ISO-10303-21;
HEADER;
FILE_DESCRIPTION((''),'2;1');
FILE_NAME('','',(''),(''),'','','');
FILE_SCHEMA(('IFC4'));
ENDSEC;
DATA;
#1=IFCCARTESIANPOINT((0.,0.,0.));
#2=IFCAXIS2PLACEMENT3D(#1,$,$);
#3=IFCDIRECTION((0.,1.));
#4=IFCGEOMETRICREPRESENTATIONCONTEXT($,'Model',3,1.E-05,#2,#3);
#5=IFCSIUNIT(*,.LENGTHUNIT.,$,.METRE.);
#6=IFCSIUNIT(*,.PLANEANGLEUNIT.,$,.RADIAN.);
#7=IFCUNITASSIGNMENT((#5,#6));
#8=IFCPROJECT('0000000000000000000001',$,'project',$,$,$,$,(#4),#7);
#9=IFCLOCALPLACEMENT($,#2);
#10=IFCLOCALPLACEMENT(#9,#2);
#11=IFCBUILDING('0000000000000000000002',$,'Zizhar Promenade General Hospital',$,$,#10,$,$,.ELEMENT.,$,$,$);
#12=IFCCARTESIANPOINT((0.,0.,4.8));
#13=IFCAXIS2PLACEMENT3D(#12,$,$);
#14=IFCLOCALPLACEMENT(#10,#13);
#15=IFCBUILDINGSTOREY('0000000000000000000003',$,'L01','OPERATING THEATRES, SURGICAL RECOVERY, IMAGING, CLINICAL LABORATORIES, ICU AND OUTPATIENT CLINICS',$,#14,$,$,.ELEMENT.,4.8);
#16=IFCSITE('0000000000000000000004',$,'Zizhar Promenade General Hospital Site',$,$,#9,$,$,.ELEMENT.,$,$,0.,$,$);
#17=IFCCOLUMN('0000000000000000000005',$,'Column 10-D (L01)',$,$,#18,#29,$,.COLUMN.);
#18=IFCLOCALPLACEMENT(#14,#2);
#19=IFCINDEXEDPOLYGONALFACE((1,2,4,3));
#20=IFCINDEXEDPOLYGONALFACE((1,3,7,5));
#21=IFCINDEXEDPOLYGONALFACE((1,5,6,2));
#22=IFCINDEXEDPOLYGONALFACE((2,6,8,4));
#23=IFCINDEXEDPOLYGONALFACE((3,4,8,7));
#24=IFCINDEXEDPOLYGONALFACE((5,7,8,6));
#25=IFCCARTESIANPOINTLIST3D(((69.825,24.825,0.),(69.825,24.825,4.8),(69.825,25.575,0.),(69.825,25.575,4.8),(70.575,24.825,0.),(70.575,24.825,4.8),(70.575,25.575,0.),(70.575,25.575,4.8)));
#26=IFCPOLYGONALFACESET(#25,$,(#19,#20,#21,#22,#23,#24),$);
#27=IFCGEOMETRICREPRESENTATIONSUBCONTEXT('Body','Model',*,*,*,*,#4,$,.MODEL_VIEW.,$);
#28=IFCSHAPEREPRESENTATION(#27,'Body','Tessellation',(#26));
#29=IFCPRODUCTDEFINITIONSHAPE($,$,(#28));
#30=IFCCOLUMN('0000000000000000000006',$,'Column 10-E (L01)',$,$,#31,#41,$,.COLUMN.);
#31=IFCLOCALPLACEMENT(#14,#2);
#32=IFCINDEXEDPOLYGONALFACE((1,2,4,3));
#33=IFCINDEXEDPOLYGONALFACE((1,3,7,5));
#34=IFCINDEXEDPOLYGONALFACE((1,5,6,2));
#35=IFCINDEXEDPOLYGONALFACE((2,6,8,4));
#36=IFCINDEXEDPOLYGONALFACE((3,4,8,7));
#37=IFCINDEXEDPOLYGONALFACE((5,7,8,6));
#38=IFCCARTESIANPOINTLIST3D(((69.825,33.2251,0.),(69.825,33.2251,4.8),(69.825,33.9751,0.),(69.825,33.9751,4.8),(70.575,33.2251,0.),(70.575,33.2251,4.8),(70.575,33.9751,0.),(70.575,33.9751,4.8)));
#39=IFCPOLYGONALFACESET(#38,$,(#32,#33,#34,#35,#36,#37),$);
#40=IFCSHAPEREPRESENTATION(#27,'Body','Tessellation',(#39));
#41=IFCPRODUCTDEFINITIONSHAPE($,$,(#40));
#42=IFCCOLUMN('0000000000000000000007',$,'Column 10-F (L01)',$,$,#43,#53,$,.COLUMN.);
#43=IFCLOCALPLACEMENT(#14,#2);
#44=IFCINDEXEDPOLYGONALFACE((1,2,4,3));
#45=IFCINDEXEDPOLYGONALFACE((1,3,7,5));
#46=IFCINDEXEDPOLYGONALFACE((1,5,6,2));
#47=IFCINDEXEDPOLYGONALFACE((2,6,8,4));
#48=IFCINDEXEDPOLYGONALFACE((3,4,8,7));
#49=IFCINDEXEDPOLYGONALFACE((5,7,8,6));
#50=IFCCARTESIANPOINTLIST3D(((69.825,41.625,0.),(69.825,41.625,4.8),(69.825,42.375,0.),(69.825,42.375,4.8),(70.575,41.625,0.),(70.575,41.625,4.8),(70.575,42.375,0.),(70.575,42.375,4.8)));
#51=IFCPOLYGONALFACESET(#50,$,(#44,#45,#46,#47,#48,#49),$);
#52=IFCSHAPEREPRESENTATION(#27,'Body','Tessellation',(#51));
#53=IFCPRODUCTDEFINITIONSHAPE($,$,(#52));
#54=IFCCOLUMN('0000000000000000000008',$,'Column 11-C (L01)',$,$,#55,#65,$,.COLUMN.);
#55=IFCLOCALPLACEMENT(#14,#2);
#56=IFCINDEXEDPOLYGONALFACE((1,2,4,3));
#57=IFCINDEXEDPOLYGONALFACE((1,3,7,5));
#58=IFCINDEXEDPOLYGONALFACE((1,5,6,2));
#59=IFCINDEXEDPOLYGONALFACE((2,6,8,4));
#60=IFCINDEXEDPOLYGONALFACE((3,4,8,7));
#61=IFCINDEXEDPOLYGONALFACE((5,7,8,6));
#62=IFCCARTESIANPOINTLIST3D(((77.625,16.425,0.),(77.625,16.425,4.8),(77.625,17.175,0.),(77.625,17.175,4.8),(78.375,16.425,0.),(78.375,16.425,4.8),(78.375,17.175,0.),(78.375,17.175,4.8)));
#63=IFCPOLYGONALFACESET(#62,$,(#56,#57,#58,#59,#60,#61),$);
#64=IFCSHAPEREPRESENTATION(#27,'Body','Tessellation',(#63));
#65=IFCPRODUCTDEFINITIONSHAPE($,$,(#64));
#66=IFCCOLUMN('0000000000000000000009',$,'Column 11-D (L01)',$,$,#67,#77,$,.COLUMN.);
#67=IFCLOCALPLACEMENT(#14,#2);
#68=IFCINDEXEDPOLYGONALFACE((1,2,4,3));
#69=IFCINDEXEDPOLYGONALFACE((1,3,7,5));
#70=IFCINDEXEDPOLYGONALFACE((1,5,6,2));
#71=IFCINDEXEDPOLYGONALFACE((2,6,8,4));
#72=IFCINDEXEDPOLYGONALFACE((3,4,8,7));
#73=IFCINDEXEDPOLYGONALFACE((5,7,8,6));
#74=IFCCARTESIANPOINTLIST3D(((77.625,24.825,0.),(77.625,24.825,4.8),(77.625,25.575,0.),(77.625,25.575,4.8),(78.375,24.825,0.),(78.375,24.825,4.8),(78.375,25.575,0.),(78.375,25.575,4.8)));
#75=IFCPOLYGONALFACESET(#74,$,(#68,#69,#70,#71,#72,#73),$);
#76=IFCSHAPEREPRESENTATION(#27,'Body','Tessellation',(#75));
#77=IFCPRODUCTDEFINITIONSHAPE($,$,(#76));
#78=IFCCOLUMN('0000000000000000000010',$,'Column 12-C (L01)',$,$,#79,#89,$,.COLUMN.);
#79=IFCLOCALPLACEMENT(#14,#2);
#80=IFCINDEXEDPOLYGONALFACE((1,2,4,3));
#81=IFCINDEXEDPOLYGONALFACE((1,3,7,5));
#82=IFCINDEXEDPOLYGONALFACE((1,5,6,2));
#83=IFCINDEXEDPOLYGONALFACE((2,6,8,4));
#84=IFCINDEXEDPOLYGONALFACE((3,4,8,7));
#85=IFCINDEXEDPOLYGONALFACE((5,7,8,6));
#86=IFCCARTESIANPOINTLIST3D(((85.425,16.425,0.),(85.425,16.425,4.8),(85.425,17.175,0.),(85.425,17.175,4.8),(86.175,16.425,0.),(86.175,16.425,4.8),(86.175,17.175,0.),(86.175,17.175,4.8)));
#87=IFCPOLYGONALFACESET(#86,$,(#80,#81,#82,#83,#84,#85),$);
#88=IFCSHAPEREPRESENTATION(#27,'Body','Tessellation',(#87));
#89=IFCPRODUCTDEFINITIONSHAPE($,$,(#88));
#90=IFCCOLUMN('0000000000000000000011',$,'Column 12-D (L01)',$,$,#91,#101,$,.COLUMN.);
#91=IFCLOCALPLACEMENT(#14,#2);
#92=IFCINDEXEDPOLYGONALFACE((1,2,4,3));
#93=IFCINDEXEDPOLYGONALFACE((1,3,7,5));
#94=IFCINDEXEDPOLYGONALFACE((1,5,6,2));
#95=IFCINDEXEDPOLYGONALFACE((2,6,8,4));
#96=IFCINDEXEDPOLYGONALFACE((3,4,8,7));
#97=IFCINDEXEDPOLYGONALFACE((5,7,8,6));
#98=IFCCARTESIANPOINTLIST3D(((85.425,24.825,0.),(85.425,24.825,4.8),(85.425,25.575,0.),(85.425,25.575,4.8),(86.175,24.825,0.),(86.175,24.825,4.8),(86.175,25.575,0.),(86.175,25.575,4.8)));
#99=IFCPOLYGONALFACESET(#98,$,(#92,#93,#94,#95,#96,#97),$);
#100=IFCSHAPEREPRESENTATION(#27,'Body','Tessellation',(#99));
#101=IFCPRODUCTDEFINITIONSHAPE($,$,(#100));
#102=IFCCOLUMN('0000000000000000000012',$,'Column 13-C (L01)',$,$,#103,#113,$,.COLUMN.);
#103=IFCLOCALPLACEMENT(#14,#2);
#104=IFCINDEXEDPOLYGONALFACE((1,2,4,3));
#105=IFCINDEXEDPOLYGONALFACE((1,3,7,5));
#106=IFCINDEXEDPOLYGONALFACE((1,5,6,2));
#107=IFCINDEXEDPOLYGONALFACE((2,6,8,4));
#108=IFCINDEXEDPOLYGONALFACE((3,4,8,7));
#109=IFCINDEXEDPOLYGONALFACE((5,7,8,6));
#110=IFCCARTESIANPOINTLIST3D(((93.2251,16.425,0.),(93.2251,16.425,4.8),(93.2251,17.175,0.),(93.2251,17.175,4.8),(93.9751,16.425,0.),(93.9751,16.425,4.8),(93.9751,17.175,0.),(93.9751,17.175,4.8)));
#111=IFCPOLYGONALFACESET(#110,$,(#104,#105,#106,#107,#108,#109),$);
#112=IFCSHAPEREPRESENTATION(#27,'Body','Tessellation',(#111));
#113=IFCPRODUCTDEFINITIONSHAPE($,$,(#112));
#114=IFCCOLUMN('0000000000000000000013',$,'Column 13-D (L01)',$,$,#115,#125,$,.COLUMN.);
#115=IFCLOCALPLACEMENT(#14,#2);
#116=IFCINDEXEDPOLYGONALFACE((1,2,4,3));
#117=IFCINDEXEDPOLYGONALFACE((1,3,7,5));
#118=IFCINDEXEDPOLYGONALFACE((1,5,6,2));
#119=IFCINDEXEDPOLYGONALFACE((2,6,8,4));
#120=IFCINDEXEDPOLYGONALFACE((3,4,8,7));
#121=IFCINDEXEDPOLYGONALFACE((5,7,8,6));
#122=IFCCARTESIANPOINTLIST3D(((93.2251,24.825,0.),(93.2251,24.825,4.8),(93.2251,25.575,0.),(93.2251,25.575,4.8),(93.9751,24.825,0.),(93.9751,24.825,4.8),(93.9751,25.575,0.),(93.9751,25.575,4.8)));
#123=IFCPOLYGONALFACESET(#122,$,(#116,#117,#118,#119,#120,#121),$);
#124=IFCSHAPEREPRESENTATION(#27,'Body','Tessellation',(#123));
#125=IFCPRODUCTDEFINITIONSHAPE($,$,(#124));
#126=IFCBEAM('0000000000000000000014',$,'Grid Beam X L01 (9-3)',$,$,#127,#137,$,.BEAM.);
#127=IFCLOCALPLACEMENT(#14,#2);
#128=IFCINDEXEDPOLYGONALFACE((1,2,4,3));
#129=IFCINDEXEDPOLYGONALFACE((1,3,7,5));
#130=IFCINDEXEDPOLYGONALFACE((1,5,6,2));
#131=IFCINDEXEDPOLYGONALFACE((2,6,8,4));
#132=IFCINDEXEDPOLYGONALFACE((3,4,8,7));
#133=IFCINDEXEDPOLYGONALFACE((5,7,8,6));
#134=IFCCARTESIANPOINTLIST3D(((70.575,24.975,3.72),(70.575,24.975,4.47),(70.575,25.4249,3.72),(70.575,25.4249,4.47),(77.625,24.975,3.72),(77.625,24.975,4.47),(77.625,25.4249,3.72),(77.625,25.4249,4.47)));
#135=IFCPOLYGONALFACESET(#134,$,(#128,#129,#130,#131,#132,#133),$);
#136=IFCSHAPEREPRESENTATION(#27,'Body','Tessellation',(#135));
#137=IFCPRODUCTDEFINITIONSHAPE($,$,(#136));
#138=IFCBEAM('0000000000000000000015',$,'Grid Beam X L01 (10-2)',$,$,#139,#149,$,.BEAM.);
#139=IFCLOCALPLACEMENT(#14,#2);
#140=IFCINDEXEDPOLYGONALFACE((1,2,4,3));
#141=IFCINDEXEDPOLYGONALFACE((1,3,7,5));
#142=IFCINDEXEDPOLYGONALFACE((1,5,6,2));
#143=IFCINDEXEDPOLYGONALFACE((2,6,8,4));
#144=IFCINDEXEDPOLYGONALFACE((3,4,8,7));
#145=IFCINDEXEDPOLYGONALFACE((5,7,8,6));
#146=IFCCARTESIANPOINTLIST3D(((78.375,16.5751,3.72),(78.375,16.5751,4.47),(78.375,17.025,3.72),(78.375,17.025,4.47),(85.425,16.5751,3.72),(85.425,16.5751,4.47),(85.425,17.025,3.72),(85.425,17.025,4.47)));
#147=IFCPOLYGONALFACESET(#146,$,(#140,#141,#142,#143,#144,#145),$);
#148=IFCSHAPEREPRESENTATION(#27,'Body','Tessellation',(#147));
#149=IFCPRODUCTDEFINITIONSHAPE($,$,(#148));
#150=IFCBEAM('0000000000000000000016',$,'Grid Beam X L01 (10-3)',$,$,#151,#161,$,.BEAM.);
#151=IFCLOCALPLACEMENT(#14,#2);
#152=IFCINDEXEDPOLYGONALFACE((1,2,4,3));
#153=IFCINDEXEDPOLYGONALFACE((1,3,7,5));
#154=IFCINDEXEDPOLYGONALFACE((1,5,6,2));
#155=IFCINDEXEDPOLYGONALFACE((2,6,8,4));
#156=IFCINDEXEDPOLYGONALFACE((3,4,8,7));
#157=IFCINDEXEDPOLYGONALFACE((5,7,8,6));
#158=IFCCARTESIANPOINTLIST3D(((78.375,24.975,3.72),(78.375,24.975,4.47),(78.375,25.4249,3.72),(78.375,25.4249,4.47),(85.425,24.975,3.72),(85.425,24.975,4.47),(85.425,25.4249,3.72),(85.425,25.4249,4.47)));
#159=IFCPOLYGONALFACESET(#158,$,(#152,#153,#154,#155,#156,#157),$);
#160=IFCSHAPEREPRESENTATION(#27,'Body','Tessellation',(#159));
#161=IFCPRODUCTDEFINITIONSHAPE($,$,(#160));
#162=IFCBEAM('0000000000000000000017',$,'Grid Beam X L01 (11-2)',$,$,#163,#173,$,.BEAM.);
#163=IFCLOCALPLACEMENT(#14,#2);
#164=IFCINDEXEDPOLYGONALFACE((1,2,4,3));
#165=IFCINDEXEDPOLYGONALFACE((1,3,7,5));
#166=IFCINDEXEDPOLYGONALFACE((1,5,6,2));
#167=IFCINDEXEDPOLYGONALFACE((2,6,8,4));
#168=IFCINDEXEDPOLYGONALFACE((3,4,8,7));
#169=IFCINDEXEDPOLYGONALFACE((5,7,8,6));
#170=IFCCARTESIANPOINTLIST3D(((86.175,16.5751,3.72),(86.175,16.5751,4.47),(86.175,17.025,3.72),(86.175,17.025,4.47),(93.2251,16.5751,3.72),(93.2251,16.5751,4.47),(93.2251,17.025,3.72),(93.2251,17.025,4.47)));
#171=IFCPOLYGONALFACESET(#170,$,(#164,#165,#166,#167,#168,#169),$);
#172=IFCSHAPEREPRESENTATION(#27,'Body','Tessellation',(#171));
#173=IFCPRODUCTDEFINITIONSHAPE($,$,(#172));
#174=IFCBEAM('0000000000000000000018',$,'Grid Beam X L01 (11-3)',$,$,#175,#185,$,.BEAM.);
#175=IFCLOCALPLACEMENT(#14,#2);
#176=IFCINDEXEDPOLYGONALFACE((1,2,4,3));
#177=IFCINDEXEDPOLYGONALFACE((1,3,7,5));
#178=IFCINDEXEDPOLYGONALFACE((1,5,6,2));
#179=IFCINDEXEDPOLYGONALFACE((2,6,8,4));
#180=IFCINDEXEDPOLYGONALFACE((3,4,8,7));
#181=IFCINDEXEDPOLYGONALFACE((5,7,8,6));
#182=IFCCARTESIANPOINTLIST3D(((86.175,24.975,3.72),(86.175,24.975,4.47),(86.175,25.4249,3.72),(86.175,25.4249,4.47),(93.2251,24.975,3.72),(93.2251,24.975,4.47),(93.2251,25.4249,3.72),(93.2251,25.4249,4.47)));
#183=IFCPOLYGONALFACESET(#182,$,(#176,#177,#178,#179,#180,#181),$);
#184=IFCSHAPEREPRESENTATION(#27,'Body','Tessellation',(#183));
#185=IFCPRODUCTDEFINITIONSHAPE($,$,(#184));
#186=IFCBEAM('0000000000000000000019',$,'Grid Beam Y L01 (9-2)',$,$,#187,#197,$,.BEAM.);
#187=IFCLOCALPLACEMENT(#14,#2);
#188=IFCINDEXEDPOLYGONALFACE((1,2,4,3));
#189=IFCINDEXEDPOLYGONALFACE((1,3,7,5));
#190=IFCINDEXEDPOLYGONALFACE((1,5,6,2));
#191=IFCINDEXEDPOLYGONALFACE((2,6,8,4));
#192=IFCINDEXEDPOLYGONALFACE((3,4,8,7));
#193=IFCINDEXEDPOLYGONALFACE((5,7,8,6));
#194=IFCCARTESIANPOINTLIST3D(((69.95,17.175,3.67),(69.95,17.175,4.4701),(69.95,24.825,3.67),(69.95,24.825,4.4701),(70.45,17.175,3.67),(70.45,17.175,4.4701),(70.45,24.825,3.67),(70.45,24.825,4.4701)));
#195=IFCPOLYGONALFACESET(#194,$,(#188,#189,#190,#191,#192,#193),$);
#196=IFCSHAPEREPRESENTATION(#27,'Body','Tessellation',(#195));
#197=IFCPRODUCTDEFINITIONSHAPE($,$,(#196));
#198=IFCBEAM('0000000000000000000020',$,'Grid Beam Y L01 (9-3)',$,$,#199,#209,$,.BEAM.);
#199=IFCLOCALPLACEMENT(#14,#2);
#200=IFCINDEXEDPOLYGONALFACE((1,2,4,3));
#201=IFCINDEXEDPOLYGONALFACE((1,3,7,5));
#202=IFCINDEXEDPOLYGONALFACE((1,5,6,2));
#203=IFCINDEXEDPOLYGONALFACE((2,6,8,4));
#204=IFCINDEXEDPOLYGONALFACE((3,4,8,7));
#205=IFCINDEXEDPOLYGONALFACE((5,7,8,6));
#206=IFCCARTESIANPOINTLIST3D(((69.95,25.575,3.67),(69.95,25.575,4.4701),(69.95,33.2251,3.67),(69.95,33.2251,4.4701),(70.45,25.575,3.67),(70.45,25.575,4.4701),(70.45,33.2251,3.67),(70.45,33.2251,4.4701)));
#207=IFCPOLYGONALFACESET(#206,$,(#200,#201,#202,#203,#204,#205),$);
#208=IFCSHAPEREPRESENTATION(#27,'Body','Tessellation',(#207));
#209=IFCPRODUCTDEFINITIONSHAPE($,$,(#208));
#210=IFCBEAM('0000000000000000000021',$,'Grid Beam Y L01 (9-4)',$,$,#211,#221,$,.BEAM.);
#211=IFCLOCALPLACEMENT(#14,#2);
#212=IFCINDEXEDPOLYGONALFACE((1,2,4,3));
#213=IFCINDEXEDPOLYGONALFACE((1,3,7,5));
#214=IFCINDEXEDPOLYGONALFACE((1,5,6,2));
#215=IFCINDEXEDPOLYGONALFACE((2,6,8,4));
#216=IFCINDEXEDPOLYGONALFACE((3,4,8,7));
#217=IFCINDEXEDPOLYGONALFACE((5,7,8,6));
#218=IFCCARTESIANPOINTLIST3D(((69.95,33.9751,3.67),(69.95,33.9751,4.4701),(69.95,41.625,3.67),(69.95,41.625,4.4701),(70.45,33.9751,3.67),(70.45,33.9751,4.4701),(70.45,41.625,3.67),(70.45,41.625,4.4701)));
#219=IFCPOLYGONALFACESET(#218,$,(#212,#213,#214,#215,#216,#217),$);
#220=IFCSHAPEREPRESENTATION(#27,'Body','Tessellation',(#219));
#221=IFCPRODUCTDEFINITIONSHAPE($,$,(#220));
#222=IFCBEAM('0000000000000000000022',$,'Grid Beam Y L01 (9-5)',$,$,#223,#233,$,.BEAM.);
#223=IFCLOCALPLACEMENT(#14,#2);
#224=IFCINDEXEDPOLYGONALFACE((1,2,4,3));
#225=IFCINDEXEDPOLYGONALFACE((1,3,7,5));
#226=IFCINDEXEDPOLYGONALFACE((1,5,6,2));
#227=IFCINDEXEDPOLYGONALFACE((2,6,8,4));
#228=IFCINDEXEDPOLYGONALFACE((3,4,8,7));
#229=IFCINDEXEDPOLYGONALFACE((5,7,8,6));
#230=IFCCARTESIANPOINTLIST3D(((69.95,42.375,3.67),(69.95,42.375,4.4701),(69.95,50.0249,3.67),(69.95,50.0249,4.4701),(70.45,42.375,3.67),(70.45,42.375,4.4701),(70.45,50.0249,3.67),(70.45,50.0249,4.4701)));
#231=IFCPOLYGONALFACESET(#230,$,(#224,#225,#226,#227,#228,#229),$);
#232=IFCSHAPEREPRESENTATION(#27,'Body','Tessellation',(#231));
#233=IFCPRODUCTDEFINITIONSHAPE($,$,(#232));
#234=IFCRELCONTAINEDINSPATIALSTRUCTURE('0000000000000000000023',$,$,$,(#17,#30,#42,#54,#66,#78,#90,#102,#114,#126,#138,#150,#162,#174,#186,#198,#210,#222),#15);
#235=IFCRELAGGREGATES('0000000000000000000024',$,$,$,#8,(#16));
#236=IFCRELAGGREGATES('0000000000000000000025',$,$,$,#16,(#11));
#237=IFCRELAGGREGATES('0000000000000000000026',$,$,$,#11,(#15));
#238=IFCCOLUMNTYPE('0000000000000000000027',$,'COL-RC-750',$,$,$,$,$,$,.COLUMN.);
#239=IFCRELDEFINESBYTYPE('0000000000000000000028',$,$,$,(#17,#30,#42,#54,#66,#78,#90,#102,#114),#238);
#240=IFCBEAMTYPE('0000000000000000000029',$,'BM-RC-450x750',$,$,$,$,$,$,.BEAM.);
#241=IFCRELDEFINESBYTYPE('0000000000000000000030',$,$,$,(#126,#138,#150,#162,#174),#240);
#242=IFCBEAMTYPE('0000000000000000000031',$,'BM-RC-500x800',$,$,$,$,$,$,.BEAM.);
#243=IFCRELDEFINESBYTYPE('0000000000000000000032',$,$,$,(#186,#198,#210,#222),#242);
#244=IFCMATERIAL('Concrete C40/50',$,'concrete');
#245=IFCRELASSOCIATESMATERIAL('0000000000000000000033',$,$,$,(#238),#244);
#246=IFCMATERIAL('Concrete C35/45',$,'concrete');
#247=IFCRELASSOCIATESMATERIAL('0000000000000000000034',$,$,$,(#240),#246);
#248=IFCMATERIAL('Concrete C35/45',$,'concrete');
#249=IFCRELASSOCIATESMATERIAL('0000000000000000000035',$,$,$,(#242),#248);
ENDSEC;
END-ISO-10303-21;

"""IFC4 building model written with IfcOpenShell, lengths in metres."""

from ifc_helpers import new_model, si_unit, direction, frame, origin, origin_2d, place, context, subcontext, project, spatial, rectangle, extrude, material, material_profile, profile_set, type_object, element, save


model = new_model("IFC4")

# Units and contexts
model_context = context("Model", 3, precision=1e-05, world=origin(), true_north=direction((0.0, 1.0)))
body_context = subcontext(model_context, "Body", "Model", "MODEL_VIEW")
ifc_project = project(units=[si_unit("LENGTHUNIT", "METRE"), si_unit("PLANEANGLEUNIT", "RADIAN")], contexts=[model_context])

# Site, building, storey
site_placement = place(None, origin())
site = spatial("IfcSite", under=ifc_project, at=site_placement, Name="Zizhar Promenade General Hospital Site", CompositionType="ELEMENT", RefElevation=0.0)
building_placement = place(site_placement, origin())
building = spatial("IfcBuilding", under=site, at=building_placement, Name="Zizhar Promenade General Hospital", CompositionType="ELEMENT")
storey_placement = place(building_placement, frame((0.0, 0.0, 4.8)))
storey = spatial("IfcBuildingStorey", under=building, at=storey_placement, Name="L01", Description="OPERATING THEATRES, SURGICAL RECOVERY, IMAGING, CLINICAL LABORATORIES, ICU AND OUTPATIENT CLINICS", CompositionType="ELEMENT", Elevation=4.8)

# Columns
ifc_material_1 = material(Name="Concrete C40/50", Category="concrete")
ifc_material_profile_1 = material_profile(ifc_material_1, rectangle(XDim=0.75, YDim=0.75, at=origin_2d()))
ifc_profile_set_1 = profile_set([ifc_material_profile_1], Name="Concrete C40/50")
column_type = type_object("IfcColumnType", Name="COL-RC-750", PredefinedType="COLUMN", material=ifc_profile_set_1)
for number, where, z_axis, x_axis, name in (
    (1, (70.2, 25.2, 0.0), (0.0, 0.0, 1.0), (1.0, 0.0, 0.0), "Column 10-D (L01)"),
    (2, (70.2, 33.6001, 0.0), (0.0, 0.0, 1.0), (1.0, 0.0, 0.0), "Column 10-E (L01)"),
    (3, (70.2, 42.0, 0.0), (0.0, 0.0, 1.0), (1.0, 0.0, 0.0), "Column 10-F (L01)"),
    (4, (78.0, 16.8, 0.0), (0.0, 0.0, 1.0), (1.0, 0.0, 0.0), "Column 11-C (L01)"),
    (5, (78.0, 25.2, 0.0), (0.0, 0.0, 1.0), (1.0, 0.0, 0.0), "Column 11-D (L01)"),
    (6, (85.8, 16.8, 0.0), (0.0, 0.0, 1.0), (1.0, 0.0, 0.0), "Column 12-C (L01)"),
    (7, (85.8, 25.2, 0.0), (0.0, 0.0, 1.0), (1.0, 0.0, 0.0), "Column 12-D (L01)"),
    (8, (93.6001, 16.8, 0.0), (0.0, 0.0, 1.0), (1.0, 0.0, 0.0), "Column 13-C (L01)"),
    (9, (93.6001, 25.2, 0.0), (0.0, 0.0, 1.0), (1.0, 0.0, 0.0), "Column 13-D (L01)"),
):
    element("IfcColumn", number, at=place(storey_placement, frame(where, z_axis=z_axis, x_axis=x_axis)), inside=storey, type_object=column_type, Name=name, PredefinedType="COLUMN", context=body_context, shape_type="SweptSolid", body=[
        extrude(rectangle(XDim=0.75, YDim=0.75, at=origin_2d()), origin(), (0.0, 0.0, 1.0), 4.8),
    ])

# Beams
ifc_material_2 = material(Name="Concrete C35/45", Category="concrete")
ifc_material_profile_2 = material_profile(ifc_material_2, rectangle(XDim=0.45, YDim=0.75, at=origin_2d()))
ifc_profile_set_2 = profile_set([ifc_material_profile_2], Name="Concrete C35/45")
beam_type_1 = type_object("IfcBeamType", Name="BM-RC-450x750", PredefinedType="BEAM", material=ifc_profile_set_2)
for number, where, z_axis, x_axis, name in (
    (10, (70.575, 25.2, 4.095), (1.0, 0.0, 0.0), (0.0, 1.0, 0.0), "Grid Beam X L01 (9-3)"),
    (11, (78.375, 16.8, 4.095), (1.0, 0.0, 0.0), (0.0, 1.0, 0.0), "Grid Beam X L01 (10-2)"),
    (12, (78.375, 25.2, 4.095), (1.0, 0.0, 0.0), (0.0, 1.0, 0.0), "Grid Beam X L01 (10-3)"),
    (13, (86.175, 16.8, 4.095), (1.0, 0.0, 0.0), (0.0, 1.0, 0.0), "Grid Beam X L01 (11-2)"),
    (14, (86.175, 25.2, 4.095), (1.0, 0.0, 0.0), (0.0, 1.0, 0.0), "Grid Beam X L01 (11-3)"),
):
    element("IfcBeam", number, at=place(storey_placement, frame(where, z_axis=z_axis, x_axis=x_axis)), inside=storey, type_object=beam_type_1, Name=name, PredefinedType="BEAM", context=body_context, shape_type="SweptSolid", body=[
        extrude(rectangle(XDim=0.45, YDim=0.75, at=origin_2d()), origin(), (0.0, 0.0, 1.0), 7.05),
    ])
ifc_material_3 = material(Name="Concrete C35/45", Category="concrete")
ifc_material_profile_3 = material_profile(ifc_material_3, rectangle(XDim=0.5, YDim=0.8, at=origin_2d()))
ifc_profile_set_3 = profile_set([ifc_material_profile_3], Name="Concrete C35/45")
beam_type_2 = type_object("IfcBeamType", Name="BM-RC-500x800", PredefinedType="BEAM", material=ifc_profile_set_3)
beam_1_placement = place(storey_placement, frame((70.2, 17.175, 4.0701), z_axis=(0.0, 1.0, 0.0), x_axis=(-1.0, 0.0, 0.0)))
element("IfcBeam", 15, at=beam_1_placement, inside=storey, type_object=beam_type_2, Name="Grid Beam Y L01 (9-2)", PredefinedType="BEAM", context=body_context, shape_type="SweptSolid", body=[
    extrude(rectangle(XDim=0.5, YDim=0.8, at=origin_2d()), origin(), (0.0, 0.0, 1.0), 7.6499),
])
beam_2_placement = place(storey_placement, frame((70.2, 25.575, 4.0701), z_axis=(0.0, 1.0, 0.0), x_axis=(-1.0, 0.0, 0.0)))
element("IfcBeam", 16, at=beam_2_placement, inside=storey, type_object=beam_type_2, Name="Grid Beam Y L01 (9-3)", PredefinedType="BEAM", context=body_context, shape_type="SweptSolid", body=[
    extrude(rectangle(XDim=0.5, YDim=0.8, at=origin_2d()), origin(), (0.0, 0.0, 1.0), 7.6501),
])
for number, where, z_axis, x_axis, name in (
    (17, (70.2, 33.9751, 4.0701), (0.0, 1.0, 0.0), (-1.0, 0.0, 0.0), "Grid Beam Y L01 (9-4)"),
    (18, (70.2, 42.375, 4.0701), (0.0, 1.0, 0.0), (-1.0, 0.0, 0.0), "Grid Beam Y L01 (9-5)"),
):
    element("IfcBeam", number, at=place(storey_placement, frame(where, z_axis=z_axis, x_axis=x_axis)), inside=storey, type_object=beam_type_2, Name=name, PredefinedType="BEAM", context=body_context, shape_type="SweptSolid", body=[
        extrude(rectangle(XDim=0.5, YDim=0.8, at=origin_2d()), origin(), (0.0, 0.0, 1.0), 7.6499),
    ])

save(model, "model.ifc")
